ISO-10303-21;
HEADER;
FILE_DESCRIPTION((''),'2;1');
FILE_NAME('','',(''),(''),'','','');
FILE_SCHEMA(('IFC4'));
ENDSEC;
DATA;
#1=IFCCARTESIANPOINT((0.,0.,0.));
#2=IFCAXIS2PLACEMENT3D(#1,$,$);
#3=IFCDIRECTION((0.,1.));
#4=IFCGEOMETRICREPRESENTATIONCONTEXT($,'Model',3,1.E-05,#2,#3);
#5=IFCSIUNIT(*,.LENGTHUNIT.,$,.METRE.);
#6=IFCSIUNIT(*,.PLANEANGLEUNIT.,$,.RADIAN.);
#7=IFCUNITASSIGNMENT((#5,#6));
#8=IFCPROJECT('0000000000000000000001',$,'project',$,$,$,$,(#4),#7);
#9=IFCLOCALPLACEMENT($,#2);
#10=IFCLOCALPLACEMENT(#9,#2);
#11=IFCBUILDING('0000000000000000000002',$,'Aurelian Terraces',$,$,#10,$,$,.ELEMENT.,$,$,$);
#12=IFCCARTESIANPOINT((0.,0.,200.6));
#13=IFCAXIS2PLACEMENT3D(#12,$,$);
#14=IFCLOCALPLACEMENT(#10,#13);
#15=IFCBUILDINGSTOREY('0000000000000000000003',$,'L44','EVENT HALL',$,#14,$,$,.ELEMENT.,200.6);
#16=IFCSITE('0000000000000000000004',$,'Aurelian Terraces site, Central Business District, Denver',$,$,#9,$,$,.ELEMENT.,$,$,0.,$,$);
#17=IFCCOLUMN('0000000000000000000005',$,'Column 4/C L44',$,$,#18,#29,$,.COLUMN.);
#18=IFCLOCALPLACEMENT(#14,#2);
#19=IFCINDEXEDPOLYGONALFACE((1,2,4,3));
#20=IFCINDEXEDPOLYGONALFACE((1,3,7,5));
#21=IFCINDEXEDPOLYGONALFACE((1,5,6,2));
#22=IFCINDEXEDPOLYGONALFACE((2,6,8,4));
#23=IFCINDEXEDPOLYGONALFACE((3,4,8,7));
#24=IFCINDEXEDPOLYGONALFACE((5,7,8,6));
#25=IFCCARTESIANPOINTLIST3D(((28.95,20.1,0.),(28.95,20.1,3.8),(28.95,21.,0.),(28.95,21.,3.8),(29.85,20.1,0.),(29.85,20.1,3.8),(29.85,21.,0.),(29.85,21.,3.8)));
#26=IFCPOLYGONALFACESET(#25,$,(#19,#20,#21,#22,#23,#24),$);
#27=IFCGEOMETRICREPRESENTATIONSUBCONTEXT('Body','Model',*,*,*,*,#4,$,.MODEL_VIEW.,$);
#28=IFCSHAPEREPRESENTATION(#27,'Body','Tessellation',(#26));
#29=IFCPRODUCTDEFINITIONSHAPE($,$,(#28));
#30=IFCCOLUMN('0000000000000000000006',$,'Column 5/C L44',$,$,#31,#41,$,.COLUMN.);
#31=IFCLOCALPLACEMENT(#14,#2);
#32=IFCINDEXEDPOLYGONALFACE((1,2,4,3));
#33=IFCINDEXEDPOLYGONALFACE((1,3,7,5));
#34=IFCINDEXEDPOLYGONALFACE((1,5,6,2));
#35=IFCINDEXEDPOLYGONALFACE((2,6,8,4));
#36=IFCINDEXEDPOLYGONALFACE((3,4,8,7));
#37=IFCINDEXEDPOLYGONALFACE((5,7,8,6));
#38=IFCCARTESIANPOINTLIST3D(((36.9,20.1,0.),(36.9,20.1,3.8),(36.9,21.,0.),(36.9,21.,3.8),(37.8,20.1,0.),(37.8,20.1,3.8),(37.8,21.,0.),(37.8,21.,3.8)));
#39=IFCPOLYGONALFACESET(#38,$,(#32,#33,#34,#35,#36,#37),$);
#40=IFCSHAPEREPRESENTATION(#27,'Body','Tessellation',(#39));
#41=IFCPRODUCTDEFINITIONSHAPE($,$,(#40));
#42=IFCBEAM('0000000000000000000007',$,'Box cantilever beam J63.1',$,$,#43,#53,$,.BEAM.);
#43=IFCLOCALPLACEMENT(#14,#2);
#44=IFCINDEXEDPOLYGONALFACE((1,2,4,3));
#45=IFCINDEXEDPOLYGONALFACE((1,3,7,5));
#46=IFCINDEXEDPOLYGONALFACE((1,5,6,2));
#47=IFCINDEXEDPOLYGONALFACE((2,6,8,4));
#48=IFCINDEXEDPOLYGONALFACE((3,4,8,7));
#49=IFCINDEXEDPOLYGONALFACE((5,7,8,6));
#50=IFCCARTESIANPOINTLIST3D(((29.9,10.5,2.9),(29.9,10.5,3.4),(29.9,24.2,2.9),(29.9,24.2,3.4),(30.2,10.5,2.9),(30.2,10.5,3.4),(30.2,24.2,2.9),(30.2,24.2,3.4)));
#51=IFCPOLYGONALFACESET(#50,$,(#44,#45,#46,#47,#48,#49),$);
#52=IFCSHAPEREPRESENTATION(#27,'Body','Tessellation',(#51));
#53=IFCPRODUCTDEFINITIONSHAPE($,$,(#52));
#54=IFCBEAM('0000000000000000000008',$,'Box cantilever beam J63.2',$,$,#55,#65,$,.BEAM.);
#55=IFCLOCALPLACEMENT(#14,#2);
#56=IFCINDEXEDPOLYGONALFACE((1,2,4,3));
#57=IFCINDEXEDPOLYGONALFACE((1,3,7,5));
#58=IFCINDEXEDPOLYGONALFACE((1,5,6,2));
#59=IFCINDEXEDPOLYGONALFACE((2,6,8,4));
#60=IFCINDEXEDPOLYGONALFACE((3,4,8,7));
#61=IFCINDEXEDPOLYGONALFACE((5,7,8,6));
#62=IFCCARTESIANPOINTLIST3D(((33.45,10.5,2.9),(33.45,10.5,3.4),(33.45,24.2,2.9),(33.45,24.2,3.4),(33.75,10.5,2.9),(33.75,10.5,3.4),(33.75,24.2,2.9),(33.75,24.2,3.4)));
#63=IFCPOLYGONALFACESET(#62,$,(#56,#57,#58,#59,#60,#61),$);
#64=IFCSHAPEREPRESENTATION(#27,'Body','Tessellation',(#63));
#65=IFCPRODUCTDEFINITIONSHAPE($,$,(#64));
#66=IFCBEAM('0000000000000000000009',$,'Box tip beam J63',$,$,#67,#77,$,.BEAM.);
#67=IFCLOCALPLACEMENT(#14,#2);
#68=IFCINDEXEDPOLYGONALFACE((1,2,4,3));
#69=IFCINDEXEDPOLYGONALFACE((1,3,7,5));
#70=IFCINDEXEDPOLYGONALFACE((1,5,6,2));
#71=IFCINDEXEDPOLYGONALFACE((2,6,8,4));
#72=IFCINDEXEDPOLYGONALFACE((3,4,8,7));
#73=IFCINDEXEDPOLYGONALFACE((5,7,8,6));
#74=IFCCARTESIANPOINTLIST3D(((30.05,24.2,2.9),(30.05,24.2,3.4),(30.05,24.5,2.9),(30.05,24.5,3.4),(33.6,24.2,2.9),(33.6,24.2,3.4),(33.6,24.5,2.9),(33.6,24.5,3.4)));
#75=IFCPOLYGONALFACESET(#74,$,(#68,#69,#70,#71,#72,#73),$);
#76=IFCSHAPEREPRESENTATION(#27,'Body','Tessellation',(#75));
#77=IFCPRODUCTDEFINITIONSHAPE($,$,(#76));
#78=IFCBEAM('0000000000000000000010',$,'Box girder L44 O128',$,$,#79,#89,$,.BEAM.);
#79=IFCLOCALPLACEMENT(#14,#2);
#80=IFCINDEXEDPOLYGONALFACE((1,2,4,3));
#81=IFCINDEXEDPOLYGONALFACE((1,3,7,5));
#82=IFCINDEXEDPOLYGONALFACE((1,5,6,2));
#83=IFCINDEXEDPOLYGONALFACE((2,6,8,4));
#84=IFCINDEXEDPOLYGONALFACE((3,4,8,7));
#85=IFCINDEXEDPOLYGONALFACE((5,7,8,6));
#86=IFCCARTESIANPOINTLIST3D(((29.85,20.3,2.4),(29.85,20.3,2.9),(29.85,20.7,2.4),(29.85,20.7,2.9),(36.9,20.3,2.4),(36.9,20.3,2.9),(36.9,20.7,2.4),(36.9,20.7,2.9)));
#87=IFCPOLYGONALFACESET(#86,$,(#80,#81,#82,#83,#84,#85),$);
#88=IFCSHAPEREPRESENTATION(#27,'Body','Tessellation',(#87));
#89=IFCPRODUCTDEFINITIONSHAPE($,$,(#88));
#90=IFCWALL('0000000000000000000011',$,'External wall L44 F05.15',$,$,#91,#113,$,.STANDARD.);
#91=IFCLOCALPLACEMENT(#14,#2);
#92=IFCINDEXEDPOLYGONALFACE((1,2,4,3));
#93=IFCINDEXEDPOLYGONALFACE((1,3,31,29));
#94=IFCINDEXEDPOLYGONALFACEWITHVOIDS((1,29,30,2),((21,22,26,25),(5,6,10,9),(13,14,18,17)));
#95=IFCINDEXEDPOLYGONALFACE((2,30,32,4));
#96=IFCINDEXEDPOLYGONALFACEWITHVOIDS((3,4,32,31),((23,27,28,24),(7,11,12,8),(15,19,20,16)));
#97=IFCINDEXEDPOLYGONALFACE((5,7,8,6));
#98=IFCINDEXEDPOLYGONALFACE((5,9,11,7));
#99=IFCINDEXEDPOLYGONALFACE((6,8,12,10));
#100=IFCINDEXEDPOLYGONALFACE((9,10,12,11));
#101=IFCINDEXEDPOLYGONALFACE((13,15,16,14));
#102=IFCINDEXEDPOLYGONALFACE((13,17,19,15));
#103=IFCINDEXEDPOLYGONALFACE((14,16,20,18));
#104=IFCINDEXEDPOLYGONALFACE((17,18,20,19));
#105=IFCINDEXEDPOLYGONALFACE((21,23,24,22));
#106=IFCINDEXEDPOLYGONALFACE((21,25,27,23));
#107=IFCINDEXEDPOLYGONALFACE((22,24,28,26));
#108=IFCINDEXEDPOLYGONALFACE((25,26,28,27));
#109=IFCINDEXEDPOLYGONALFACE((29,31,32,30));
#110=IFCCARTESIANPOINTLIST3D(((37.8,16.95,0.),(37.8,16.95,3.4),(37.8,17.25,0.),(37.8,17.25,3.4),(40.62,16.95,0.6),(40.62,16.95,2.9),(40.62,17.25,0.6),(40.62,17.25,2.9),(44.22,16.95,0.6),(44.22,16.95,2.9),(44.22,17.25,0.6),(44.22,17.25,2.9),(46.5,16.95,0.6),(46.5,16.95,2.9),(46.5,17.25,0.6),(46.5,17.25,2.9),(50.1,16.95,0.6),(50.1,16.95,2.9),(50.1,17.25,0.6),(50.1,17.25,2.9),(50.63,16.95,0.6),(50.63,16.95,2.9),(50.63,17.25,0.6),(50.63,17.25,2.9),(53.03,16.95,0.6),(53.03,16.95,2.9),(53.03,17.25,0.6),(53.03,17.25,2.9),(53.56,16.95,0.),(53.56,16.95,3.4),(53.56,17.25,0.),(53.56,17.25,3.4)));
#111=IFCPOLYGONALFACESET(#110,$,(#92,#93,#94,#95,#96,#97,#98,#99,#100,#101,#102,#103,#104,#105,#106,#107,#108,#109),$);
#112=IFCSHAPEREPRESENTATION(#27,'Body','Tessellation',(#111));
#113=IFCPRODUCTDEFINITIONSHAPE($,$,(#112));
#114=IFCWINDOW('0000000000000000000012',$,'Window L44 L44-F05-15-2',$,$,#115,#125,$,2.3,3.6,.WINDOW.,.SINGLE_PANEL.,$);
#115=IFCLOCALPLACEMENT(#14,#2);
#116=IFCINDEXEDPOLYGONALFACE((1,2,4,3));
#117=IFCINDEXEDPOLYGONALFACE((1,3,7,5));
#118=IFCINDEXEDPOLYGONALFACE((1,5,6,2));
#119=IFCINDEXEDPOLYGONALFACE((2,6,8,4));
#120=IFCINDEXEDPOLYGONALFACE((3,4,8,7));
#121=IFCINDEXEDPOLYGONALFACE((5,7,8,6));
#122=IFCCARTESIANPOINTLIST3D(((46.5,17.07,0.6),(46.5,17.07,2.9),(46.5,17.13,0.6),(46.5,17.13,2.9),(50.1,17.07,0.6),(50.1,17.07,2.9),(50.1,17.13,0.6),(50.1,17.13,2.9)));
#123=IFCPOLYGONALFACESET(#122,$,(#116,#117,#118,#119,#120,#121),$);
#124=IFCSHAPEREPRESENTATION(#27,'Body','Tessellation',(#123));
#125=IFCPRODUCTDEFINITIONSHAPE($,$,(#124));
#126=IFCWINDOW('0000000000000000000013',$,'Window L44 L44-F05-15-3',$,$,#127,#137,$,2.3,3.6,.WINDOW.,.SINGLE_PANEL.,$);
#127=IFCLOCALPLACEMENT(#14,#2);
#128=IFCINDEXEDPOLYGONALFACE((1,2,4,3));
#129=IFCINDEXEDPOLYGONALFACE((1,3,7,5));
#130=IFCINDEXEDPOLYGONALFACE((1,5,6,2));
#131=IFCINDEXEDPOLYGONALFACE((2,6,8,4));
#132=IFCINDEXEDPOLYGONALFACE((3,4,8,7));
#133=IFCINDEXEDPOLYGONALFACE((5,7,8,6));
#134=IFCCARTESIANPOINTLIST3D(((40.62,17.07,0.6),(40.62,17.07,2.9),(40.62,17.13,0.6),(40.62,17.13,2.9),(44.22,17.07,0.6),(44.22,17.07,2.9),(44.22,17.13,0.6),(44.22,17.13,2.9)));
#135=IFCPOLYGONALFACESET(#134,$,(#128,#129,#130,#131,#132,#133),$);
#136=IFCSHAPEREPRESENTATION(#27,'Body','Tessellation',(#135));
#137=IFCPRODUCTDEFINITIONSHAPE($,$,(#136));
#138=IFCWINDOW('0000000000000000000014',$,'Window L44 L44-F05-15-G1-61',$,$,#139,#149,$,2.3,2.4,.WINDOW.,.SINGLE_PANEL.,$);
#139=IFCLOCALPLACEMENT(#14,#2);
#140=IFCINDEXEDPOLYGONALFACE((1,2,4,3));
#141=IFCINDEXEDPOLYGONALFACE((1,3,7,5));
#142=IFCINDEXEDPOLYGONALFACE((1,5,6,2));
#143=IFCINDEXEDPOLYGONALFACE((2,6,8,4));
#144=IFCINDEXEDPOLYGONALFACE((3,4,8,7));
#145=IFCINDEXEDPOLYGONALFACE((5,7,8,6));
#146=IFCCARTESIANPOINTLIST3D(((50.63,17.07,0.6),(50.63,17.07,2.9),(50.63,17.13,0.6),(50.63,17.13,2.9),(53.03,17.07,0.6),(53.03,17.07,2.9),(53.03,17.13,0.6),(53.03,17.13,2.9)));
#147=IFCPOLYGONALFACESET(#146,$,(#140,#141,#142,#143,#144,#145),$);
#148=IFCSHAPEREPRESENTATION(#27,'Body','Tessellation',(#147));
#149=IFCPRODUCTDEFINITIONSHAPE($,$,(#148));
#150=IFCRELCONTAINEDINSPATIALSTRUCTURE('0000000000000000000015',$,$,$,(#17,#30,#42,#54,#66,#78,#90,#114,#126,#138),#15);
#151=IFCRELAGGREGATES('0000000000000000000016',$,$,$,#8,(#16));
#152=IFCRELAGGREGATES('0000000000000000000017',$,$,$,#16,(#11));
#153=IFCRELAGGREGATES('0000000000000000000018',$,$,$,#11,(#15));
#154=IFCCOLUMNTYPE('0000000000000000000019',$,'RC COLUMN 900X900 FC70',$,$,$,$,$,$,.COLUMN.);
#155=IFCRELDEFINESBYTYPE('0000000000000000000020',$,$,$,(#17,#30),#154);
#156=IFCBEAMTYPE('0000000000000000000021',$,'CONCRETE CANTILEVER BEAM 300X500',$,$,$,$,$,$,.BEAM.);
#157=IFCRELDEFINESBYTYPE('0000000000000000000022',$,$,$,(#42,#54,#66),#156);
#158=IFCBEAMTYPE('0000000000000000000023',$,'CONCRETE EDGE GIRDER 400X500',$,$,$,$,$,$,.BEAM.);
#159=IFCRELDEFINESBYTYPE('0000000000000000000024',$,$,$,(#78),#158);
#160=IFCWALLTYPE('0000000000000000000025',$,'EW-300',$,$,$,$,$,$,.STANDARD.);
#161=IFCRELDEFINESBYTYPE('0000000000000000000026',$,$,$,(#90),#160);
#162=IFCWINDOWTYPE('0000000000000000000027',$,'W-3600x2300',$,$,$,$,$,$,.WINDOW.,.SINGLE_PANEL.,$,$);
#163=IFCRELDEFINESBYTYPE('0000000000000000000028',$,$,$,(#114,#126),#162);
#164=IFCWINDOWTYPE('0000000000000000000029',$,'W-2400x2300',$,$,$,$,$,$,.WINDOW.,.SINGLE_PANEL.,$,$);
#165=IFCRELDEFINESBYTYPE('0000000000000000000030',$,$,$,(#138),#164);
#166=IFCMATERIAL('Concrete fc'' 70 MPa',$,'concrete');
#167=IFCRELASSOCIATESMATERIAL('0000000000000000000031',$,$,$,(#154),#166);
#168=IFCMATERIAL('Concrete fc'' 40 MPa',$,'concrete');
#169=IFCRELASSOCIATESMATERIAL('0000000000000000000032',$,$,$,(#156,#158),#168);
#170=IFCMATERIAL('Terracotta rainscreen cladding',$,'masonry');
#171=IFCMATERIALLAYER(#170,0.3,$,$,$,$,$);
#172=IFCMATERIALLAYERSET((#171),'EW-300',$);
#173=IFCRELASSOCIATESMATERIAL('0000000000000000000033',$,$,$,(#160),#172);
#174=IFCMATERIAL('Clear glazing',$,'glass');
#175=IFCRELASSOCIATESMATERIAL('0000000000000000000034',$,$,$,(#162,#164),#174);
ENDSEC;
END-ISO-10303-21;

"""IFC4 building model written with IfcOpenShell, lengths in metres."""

from ifc_helpers import new_model, si_unit, direction, frame, frame_2d, origin, origin_2d, place, context, subcontext, project, spatial, rectangle, extrude, source, transform, mapped, material, layer, layer_set, material_profile, profile_set, type_object, element, fill, save


model = new_model("IFC4")

# Units and contexts
model_context = context("Model", 3, precision=1e-05, world=origin(), true_north=direction((0.0, 1.0)))
body_context = subcontext(model_context, "Body", "Model", "MODEL_VIEW")
ifc_project = project(units=[si_unit("LENGTHUNIT", "METRE"), si_unit("PLANEANGLEUNIT", "RADIAN")], contexts=[model_context])

# Site, building, storey
site_placement = place(None, origin())
site = spatial("IfcSite", under=ifc_project, at=site_placement, Name="Aurelian Terraces site, Central Business District, Denver", CompositionType="ELEMENT", RefElevation=0.0)
building_placement = place(site_placement, origin())
building = spatial("IfcBuilding", under=site, at=building_placement, Name="Aurelian Terraces", CompositionType="ELEMENT")
storey_placement = place(building_placement, frame((0.0, 0.0, 200.6)))
storey = spatial("IfcBuildingStorey", under=building, at=storey_placement, Name="L44", Description="EVENT HALL", CompositionType="ELEMENT", Elevation=200.6)

# Columns
ifc_material_1 = material(Name="Concrete fc' 70 MPa", Category="concrete")
ifc_material_profile_1 = material_profile(ifc_material_1, rectangle(XDim=0.9, YDim=0.9, at=origin_2d()))
ifc_profile_set_1 = profile_set([ifc_material_profile_1], Name="Concrete fc' 70 MPa")
column_type = type_object("IfcColumnType", Name="RC COLUMN 900X900 FC70", PredefinedType="COLUMN", material=ifc_profile_set_1)
shared_shape_1 = source(origin(), body_context, "Body", "SweptSolid", [
    extrude(rectangle(XDim=0.9, YDim=0.9, at=origin_2d()), origin(), (0.0, 0.0, 1.0), 3.8),
])
for number, where, z_axis, x_axis, name in (
    (1, (29.4, 20.55, 0.0), (0.0, 0.0, 1.0), (1.0, 0.0, 0.0), "Column 4/C L44"),
    (2, (37.35, 20.55, 0.0), (0.0, 0.0, 1.0), (1.0, 0.0, 0.0), "Column 5/C L44"),
):
    element("IfcColumn", number, at=place(storey_placement, frame(where, z_axis=z_axis, x_axis=x_axis)), inside=storey, type_object=column_type, Name=name, PredefinedType="COLUMN", context=body_context, shape_type="MappedRepresentation", body=[
        mapped(shared_shape_1, transform((0.0, 0.0, 0.0), scale=1.0)),
    ])

# Beams
ifc_material_2 = material(Name="Concrete fc' 40 MPa", Category="concrete")
ifc_material_profile_2 = material_profile(ifc_material_2, rectangle(XDim=0.3, YDim=0.5, at=origin_2d()))
ifc_profile_set_2 = profile_set([ifc_material_profile_2], Name="Concrete fc' 40 MPa")
beam_type_1 = type_object("IfcBeamType", Name="CONCRETE CANTILEVER BEAM 300X500", PredefinedType="BEAM", material=ifc_profile_set_2)
shared_shape_2 = source(origin(), body_context, "Body", "SweptSolid", [
    extrude(rectangle(XDim=0.3, YDim=0.5, at=origin_2d()), origin(), (0.0, 0.0, 1.0), 13.7),
])
for number, where, z_axis, x_axis, name in (
    (3, (30.05, 24.2, 3.15), (0.0, -1.0, 0.0), (1.0, 0.0, 0.0), "Box cantilever beam J63.1"),
    (4, (33.6, 24.2, 3.15), (0.0, -1.0, 0.0), (1.0, 0.0, 0.0), "Box cantilever beam J63.2"),
):
    element("IfcBeam", number, at=place(storey_placement, frame(where, z_axis=z_axis, x_axis=x_axis)), inside=storey, type_object=beam_type_1, Name=name, PredefinedType="BEAM", context=body_context, shape_type="MappedRepresentation", body=[
        mapped(shared_shape_2, transform((0.0, 0.0, 0.0), scale=1.0)),
    ])
shared_shape_3 = source(origin(), body_context, "Body", "SweptSolid", [
    extrude(rectangle(XDim=0.3, YDim=0.5, at=origin_2d()), origin(), (0.0, 0.0, 1.0), 3.55),
])
beam_1_placement = place(storey_placement, frame((30.05, 24.35, 3.15), z_axis=(1.0, 0.0, 0.0), x_axis=(0.0, 1.0, 0.0)))
element("IfcBeam", 5, at=beam_1_placement, inside=storey, type_object=beam_type_1, Name="Box tip beam J63", PredefinedType="BEAM", context=body_context, shape_type="MappedRepresentation", body=[
    mapped(shared_shape_3, transform((0.0, 0.0, 0.0), scale=1.0)),
])
ifc_material_profile_3 = material_profile(ifc_material_2, rectangle(XDim=0.4, YDim=0.5, at=origin_2d()))
ifc_profile_set_3 = profile_set([ifc_material_profile_3], Name="Concrete fc' 40 MPa")
beam_type_2 = type_object("IfcBeamType", Name="CONCRETE EDGE GIRDER 400X500", PredefinedType="BEAM", material=ifc_profile_set_3)
shared_shape_4 = source(origin(), body_context, "Body", "SweptSolid", [
    extrude(rectangle(XDim=0.4, YDim=0.5, at=origin_2d()), origin(), (0.0, 0.0, 1.0), 7.05),
])
beam_2_placement = place(storey_placement, frame((29.85, 20.5, 2.65), z_axis=(1.0, 0.0, 0.0), x_axis=(0.0, 1.0, 0.0)))
element("IfcBeam", 6, at=beam_2_placement, inside=storey, type_object=beam_type_2, Name="Box girder L44 O128", PredefinedType="BEAM", context=body_context, shape_type="MappedRepresentation", body=[
    mapped(shared_shape_4, transform((0.0, 0.0, 0.0), scale=1.0)),
])

# Wall, openings, windows
ifc_material_3 = material(Name="Terracotta rainscreen cladding", Category="masonry")
ifc_layer_1 = layer(ifc_material_3, 0.3)
ifc_layer_set_1 = layer_set([ifc_layer_1], Name="EW-300")
wall_type_1 = type_object("IfcWallType", Name="EW-300", PredefinedType="STANDARD", material=ifc_layer_set_1)
wall_1_placement = place(storey_placement, frame((53.56, 17.1, 0.0), z_axis=(0.0, 0.0, 1.0), x_axis=(-1.0, 0.0, 0.0)))
wall_1 = element("IfcWall", 7, at=wall_1_placement, inside=storey, type_object=wall_type_1, Name="External wall L44 F05.15", PredefinedType="STANDARD", context=body_context, shape_type="SweptSolid", body=[
    extrude(rectangle(XDim=15.76, YDim=0.3, at=frame_2d((7.88, 0.0))), origin(), (0.0, 0.0, 1.0), 3.4),
])
shared_shape_5 = source(origin(), body_context, "Body", "SweptSolid", [
    extrude(rectangle(XDim=3.6, YDim=2.3, at=frame_2d((1.8, 1.15))), frame((0.0, 0.16, 0.0), z_axis=(0.0, -1.0, 0.0), x_axis=(1.0, 0.0, 0.0)), (0.0, 0.0, 1.0), 0.32),
])
opening_1_placement = place(wall_1_placement, frame((3.46, 0.0, 0.6)))
opening_1 = element("IfcOpeningElement", 8, at=opening_1_placement, cuts=wall_1, PredefinedType="OPENING", context=body_context, shape_type="MappedRepresentation", body=[
    mapped(shared_shape_5, transform((0.0, 0.0, 0.0), scale=1.0)),
])
opening_2_placement = place(wall_1_placement, frame((9.34, 0.0, 0.6)))
opening_2 = element("IfcOpeningElement", 9, at=opening_2_placement, cuts=wall_1, PredefinedType="OPENING", context=body_context, shape_type="MappedRepresentation", body=[
    mapped(shared_shape_5, transform((0.0, 0.0, 0.0), scale=1.0)),
])
shared_shape_6 = source(origin(), body_context, "Body", "SweptSolid", [
    extrude(rectangle(XDim=2.4, YDim=2.3, at=frame_2d((1.2, 1.15))), frame((0.0, 0.16, 0.0), z_axis=(0.0, -1.0, 0.0), x_axis=(1.0, 0.0, 0.0)), (0.0, 0.0, 1.0), 0.32),
])
opening_3_placement = place(wall_1_placement, frame((0.53, 0.0, 0.6)))
opening_3 = element("IfcOpeningElement", 10, at=opening_3_placement, cuts=wall_1, PredefinedType="OPENING", context=body_context, shape_type="MappedRepresentation", body=[
    mapped(shared_shape_6, transform((0.0, 0.0, 0.0), scale=1.0)),
])
ifc_material_4 = material(Name="Clear glazing", Category="glass")
window_type_1 = type_object("IfcWindowType", Name="W-3600x2300", PartitioningType="SINGLE_PANEL", PredefinedType="WINDOW", material=ifc_material_4)
shared_shape_7 = source(origin(), body_context, "Body", "SweptSolid", [
    extrude(rectangle(XDim=3.6, YDim=2.3, at=frame_2d((1.8, 1.15))), frame((0.0, 0.03, 0.0), z_axis=(0.0, -1.0, 0.0), x_axis=(1.0, 0.0, 0.0)), (0.0, 0.0, 1.0), 0.06),
])
window_1_placement = place(opening_1_placement, origin())
window_1 = element("IfcWindow", 11, at=window_1_placement, inside=storey, type_object=window_type_1, Name="Window L44 L44-F05-15-2", OverallHeight=2.3, OverallWidth=3.6, PartitioningType="SINGLE_PANEL", PredefinedType="WINDOW", context=body_context, shape_type="MappedRepresentation", body=[
    mapped(shared_shape_7, transform((0.0, 0.0, 0.0), scale=1.0)),
])
fill(opening_1, window_1)
window_2_placement = place(opening_2_placement, origin())
window_2 = element("IfcWindow", 12, at=window_2_placement, inside=storey, type_object=window_type_1, Name="Window L44 L44-F05-15-3", OverallHeight=2.3, OverallWidth=3.6, PartitioningType="SINGLE_PANEL", PredefinedType="WINDOW", context=body_context, shape_type="MappedRepresentation", body=[
    mapped(shared_shape_7, transform((0.0, 0.0, 0.0), scale=1.0)),
])
fill(opening_2, window_2)
window_type_2 = type_object("IfcWindowType", Name="W-2400x2300", PartitioningType="SINGLE_PANEL", PredefinedType="WINDOW", material=ifc_material_4)
shared_shape_8 = source(origin(), body_context, "Body", "SweptSolid", [
    extrude(rectangle(XDim=2.4, YDim=2.3, at=frame_2d((1.2, 1.15))), frame((0.0, 0.03, 0.0), z_axis=(0.0, -1.0, 0.0), x_axis=(1.0, 0.0, 0.0)), (0.0, 0.0, 1.0), 0.06),
])
window_3_placement = place(opening_3_placement, origin())
window_3 = element("IfcWindow", 13, at=window_3_placement, inside=storey, type_object=window_type_2, Name="Window L44 L44-F05-15-G1-61", OverallHeight=2.3, OverallWidth=2.4, PartitioningType="SINGLE_PANEL", PredefinedType="WINDOW", context=body_context, shape_type="MappedRepresentation", body=[
    mapped(shared_shape_8, transform((0.0, 0.0, 0.0), scale=1.0)),
])
fill(opening_3, window_3)

save(model, "model.ifc")
